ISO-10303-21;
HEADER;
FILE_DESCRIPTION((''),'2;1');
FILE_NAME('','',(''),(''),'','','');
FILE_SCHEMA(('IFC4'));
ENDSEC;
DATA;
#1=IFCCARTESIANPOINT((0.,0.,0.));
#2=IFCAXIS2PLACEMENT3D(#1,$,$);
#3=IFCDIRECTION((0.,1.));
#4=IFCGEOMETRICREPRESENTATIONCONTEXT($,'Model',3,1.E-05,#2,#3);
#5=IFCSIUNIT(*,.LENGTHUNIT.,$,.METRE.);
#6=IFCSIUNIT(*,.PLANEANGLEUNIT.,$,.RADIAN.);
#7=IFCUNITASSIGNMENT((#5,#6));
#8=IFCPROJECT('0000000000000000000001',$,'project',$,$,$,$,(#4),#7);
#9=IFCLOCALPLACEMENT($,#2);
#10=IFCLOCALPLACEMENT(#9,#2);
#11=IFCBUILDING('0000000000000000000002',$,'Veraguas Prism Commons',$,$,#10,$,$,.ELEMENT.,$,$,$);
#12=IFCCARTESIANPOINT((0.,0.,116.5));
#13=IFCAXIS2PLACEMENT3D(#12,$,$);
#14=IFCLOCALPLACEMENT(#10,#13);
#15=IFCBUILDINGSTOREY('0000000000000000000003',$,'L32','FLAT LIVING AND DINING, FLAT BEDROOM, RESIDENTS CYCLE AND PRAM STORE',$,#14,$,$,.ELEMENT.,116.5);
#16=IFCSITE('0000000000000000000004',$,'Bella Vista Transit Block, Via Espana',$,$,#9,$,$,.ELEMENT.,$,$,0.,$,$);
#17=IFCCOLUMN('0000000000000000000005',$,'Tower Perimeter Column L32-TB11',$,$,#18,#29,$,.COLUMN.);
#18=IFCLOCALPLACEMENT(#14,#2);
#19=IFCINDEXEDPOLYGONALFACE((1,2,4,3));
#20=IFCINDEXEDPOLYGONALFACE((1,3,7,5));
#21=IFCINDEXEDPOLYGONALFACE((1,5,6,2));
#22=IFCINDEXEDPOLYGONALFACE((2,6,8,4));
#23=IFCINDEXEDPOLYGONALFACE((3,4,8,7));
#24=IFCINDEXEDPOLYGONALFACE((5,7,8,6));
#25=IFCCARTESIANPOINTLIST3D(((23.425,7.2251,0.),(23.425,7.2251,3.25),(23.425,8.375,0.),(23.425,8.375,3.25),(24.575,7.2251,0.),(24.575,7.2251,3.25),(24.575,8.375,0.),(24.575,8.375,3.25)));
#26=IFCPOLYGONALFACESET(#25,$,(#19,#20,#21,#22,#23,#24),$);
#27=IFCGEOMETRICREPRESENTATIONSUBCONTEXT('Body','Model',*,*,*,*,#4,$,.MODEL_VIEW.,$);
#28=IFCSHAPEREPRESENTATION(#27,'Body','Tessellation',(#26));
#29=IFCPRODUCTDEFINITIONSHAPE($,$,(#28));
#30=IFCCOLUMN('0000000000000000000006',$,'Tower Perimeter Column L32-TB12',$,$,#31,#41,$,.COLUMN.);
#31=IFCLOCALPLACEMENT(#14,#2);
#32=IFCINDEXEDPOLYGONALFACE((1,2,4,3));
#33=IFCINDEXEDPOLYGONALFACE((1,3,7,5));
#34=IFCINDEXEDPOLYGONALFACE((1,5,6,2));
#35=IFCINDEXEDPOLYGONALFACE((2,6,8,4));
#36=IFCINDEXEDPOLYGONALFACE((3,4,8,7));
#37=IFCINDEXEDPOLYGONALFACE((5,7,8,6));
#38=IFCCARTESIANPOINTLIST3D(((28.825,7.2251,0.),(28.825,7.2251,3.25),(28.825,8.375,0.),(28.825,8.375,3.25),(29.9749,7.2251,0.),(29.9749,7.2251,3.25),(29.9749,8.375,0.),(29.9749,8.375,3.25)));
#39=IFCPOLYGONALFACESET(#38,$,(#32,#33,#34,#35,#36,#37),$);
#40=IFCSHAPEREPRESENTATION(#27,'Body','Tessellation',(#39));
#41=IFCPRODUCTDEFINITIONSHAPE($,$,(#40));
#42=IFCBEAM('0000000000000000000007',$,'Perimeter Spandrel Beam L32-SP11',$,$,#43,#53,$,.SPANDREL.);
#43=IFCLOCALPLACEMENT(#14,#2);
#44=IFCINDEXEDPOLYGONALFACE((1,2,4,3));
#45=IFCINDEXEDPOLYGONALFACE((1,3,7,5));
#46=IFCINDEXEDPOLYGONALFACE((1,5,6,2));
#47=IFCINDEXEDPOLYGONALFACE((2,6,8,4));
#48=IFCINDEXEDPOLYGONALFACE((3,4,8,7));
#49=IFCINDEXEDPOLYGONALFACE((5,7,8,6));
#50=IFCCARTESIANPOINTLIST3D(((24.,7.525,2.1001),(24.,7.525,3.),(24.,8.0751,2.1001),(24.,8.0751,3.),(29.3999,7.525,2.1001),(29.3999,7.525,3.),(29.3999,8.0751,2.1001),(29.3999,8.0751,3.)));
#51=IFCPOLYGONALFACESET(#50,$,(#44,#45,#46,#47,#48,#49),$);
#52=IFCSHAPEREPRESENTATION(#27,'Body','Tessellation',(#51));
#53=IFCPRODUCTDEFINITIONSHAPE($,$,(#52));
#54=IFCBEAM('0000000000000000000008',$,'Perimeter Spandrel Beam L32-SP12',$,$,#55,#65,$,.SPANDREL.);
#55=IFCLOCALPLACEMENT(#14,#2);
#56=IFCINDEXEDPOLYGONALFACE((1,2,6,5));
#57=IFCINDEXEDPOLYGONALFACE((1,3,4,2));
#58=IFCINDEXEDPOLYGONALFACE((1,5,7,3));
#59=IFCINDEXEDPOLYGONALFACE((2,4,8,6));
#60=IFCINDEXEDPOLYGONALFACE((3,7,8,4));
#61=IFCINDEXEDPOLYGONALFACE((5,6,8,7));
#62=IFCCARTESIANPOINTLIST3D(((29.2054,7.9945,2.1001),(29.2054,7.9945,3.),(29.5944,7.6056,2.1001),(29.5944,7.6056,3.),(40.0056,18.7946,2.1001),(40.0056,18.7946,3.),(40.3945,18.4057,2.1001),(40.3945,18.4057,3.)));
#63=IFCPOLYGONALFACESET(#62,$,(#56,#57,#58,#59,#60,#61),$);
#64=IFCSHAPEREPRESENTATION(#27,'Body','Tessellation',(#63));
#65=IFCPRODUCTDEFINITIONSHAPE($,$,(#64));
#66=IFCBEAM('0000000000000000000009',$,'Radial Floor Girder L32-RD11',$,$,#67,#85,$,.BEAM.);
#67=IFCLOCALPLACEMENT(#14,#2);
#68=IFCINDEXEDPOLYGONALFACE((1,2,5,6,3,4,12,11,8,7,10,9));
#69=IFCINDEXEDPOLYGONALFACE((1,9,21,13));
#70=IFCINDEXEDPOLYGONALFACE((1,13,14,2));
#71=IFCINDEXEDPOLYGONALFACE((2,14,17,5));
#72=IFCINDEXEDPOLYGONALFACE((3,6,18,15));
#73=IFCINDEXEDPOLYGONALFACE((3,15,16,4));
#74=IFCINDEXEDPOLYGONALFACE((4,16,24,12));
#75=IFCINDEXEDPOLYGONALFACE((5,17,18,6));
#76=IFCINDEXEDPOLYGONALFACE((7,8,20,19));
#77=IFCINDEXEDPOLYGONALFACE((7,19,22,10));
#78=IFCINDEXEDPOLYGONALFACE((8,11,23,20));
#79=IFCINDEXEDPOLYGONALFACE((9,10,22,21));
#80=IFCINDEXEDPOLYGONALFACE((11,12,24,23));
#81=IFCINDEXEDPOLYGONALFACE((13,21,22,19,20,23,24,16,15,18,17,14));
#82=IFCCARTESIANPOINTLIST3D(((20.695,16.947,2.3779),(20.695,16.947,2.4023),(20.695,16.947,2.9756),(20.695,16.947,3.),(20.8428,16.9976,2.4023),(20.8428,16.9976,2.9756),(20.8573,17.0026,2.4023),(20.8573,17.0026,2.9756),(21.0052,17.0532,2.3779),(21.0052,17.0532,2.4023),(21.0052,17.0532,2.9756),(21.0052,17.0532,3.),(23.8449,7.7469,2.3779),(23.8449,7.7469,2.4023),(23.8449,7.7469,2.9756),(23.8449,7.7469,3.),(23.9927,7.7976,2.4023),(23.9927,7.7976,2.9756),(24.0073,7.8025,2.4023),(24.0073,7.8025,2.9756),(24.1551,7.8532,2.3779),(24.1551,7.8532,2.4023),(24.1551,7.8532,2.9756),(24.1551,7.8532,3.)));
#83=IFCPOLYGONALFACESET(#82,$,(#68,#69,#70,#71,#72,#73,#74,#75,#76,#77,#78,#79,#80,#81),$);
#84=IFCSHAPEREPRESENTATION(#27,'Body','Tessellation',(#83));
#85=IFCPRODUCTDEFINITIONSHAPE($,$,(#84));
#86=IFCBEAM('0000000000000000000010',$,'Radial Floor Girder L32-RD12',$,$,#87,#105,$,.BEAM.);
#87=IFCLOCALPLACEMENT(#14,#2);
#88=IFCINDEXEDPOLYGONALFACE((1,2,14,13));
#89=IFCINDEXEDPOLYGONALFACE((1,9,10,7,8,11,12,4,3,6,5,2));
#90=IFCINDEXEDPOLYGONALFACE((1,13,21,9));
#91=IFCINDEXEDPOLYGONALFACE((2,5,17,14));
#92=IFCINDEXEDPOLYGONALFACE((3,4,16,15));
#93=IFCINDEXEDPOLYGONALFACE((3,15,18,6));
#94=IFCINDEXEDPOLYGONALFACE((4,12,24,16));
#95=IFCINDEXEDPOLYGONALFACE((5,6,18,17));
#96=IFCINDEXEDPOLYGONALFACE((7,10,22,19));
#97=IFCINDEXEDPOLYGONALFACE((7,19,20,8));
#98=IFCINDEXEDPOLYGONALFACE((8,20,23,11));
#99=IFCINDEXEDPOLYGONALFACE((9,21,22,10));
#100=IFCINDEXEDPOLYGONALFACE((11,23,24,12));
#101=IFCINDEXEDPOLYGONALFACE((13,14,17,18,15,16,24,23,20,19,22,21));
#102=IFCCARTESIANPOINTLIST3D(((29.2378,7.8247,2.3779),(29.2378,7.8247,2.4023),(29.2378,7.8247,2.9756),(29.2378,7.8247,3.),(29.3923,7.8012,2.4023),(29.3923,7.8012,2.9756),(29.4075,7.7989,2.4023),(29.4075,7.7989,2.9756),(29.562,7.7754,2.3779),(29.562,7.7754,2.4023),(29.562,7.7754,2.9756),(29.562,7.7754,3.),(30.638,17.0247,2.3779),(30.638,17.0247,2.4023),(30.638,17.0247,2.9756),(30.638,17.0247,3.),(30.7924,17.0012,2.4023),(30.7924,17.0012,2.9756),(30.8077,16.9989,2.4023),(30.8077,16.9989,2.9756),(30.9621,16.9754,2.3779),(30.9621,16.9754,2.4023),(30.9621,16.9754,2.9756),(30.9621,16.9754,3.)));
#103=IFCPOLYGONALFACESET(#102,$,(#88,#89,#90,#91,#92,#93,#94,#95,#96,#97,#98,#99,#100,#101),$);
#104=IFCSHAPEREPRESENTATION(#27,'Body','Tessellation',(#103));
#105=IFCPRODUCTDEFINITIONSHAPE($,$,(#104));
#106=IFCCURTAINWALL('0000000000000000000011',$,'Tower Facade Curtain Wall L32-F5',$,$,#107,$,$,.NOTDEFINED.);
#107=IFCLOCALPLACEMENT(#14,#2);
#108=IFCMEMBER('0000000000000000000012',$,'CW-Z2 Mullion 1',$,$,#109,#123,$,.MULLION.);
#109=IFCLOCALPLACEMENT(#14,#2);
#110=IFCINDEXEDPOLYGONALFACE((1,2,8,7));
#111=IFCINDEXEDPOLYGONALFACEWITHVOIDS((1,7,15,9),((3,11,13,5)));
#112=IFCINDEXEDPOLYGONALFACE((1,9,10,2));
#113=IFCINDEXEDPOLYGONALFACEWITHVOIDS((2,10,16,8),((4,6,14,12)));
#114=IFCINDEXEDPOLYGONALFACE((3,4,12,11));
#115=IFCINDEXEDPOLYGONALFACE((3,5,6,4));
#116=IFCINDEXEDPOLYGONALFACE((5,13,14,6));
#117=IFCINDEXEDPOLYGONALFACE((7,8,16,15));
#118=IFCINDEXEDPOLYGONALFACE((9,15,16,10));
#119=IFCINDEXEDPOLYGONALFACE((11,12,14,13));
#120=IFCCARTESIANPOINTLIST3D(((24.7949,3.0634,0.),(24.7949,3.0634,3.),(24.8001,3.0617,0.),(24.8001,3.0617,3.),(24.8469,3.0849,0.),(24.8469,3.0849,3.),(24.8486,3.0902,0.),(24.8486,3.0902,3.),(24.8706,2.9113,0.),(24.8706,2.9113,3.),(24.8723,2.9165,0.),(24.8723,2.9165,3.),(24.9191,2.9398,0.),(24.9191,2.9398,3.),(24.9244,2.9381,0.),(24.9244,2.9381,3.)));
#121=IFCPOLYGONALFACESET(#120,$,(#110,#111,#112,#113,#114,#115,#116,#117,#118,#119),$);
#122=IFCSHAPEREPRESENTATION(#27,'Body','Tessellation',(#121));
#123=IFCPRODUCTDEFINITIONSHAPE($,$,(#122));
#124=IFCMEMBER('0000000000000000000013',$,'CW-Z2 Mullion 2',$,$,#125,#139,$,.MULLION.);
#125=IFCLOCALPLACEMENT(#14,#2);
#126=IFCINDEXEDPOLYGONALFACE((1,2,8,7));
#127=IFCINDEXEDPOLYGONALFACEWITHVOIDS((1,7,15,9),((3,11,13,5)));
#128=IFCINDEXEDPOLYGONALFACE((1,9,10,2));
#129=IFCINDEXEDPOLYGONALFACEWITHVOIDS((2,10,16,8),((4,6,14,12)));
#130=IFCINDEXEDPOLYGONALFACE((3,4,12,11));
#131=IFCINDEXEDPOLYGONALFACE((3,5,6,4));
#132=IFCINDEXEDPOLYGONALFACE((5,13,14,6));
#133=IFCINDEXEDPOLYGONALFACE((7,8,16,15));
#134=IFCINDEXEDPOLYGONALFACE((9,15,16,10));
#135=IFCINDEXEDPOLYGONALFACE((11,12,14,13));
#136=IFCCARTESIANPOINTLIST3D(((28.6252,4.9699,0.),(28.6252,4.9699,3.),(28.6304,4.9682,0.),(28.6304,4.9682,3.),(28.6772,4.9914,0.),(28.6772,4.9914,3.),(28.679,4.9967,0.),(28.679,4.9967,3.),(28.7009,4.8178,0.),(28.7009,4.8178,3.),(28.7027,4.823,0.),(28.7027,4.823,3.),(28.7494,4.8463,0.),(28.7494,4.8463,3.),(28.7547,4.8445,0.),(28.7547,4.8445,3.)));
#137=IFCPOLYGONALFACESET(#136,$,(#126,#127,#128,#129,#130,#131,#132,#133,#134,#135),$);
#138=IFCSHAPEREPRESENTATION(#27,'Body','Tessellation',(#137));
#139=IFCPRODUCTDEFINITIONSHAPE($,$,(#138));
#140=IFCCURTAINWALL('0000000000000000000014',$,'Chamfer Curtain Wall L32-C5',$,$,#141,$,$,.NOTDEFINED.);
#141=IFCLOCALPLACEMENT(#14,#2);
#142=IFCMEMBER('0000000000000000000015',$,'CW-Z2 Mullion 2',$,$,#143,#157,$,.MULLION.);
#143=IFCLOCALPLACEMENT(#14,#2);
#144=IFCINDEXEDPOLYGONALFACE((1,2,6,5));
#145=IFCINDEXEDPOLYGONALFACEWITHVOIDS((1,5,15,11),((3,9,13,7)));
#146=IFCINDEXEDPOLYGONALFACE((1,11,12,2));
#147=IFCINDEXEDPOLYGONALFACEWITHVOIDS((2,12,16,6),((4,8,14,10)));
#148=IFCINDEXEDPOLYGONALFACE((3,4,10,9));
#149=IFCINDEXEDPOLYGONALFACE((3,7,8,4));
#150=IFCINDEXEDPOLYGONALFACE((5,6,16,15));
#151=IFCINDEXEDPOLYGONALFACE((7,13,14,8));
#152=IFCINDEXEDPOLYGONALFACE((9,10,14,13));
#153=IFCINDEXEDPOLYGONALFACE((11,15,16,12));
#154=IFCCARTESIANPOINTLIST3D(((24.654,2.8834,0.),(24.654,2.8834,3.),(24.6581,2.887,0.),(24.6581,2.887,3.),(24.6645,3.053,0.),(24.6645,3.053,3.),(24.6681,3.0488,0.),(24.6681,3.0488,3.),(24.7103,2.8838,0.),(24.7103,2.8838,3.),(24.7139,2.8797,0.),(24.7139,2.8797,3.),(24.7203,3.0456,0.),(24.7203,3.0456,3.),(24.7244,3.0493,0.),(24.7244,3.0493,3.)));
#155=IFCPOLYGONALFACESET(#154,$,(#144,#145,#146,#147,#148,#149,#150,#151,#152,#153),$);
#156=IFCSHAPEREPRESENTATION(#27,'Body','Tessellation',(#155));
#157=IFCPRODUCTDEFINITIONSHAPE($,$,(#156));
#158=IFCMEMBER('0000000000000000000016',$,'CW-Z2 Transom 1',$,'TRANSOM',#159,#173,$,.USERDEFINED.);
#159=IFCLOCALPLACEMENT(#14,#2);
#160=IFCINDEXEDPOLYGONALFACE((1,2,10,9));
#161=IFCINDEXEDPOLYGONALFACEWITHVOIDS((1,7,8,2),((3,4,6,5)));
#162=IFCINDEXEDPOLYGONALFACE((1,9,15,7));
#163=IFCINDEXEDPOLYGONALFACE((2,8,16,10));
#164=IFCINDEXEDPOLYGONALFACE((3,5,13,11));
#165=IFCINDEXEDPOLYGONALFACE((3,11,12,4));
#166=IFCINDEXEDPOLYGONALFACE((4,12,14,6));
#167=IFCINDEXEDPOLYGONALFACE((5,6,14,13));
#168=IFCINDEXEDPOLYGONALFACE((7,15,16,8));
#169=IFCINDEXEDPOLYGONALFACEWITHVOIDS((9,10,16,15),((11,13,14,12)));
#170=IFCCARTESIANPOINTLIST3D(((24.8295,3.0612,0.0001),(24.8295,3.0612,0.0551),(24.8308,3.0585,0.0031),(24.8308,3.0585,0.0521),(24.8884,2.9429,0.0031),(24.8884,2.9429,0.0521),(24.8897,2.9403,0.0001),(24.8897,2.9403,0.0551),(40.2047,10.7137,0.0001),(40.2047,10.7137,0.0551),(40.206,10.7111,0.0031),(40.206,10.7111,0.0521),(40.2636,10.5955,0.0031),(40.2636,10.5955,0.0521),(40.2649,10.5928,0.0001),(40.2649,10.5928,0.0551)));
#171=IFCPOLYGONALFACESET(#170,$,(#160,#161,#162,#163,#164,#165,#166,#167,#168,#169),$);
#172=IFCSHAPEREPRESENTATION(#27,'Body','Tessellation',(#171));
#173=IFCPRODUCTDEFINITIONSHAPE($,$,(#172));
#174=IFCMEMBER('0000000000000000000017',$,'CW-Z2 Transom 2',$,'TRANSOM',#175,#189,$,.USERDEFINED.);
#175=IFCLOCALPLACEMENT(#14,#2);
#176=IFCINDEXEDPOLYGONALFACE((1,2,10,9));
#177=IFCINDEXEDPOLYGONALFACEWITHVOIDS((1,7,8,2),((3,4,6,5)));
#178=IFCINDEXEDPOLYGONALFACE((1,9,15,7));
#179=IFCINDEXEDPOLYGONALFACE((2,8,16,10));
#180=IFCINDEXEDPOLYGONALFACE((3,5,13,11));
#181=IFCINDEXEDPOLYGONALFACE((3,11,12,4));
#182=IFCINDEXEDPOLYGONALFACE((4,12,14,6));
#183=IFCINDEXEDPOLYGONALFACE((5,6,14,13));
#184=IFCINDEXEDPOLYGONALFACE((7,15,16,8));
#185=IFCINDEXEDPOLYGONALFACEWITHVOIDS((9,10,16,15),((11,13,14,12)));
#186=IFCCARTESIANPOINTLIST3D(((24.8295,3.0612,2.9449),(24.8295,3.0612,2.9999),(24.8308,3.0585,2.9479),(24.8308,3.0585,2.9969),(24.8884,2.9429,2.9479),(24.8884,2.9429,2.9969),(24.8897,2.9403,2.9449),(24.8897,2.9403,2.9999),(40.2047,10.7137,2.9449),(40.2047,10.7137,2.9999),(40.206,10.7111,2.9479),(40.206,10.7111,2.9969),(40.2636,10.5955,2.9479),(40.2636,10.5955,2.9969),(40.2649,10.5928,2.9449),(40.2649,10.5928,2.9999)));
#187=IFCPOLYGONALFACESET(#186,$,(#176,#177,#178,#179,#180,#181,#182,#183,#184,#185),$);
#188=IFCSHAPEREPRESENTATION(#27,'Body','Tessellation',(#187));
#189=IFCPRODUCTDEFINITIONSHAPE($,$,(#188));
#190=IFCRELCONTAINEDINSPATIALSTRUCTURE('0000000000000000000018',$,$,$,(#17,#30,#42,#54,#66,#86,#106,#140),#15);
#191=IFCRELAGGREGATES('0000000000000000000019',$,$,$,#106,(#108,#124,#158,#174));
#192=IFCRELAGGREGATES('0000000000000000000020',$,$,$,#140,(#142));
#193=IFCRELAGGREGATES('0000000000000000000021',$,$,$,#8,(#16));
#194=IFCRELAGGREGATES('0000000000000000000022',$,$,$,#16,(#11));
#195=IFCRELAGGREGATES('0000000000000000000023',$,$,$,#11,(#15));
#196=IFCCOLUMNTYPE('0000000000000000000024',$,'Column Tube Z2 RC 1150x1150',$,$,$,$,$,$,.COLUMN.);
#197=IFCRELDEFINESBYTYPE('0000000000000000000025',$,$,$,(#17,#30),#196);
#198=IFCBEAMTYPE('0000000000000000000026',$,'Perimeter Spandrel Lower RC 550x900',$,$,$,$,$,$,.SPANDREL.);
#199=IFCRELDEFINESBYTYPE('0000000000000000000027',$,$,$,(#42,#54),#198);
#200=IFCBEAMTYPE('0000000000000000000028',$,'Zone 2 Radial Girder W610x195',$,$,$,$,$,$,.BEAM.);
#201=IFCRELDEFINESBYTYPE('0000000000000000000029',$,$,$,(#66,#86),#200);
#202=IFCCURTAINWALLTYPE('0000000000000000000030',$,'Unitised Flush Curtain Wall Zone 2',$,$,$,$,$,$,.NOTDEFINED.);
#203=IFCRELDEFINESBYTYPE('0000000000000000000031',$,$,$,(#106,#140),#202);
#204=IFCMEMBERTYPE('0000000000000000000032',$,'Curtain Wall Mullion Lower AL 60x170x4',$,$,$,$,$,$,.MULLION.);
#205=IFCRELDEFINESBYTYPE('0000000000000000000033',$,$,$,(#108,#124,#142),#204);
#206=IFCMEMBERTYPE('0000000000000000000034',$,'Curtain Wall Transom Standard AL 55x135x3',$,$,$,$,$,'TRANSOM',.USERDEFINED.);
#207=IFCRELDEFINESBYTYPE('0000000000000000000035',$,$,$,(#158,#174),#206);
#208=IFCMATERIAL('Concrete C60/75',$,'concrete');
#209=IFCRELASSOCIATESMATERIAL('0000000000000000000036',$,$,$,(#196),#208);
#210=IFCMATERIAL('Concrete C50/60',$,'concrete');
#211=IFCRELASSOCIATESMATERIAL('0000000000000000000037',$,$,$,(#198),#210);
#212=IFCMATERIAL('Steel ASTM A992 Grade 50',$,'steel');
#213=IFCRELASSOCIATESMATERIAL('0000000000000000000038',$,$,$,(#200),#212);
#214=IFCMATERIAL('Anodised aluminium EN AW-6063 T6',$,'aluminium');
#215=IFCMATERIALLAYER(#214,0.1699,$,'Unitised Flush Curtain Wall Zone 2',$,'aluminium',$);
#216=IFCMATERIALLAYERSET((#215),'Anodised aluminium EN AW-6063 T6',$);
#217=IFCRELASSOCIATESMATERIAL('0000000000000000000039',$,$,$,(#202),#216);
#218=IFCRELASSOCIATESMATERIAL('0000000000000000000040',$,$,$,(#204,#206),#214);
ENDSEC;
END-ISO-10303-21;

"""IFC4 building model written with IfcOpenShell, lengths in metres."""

from ifc_helpers import new_model, si_unit, direction, frame, origin, origin_2d, place, context, subcontext, project, spatial, rectangle, hollow_rectangle, i_section, extrude, source, transform, mapped, material, layer, layer_set, material_profile, profile_set, type_object, element, aggregate, save


model = new_model("IFC4")

# Units and contexts
model_context = context("Model", 3, precision=1e-05, world=origin(), true_north=direction((0.0, 1.0)))
body_context = subcontext(model_context, "Body", "Model", "MODEL_VIEW")
ifc_project = project(units=[si_unit("LENGTHUNIT", "METRE"), si_unit("PLANEANGLEUNIT", "RADIAN")], contexts=[model_context])

# Site, building, storey
site_placement = place(None, origin())
site = spatial("IfcSite", under=ifc_project, at=site_placement, Name="Bella Vista Transit Block, Via Espana", CompositionType="ELEMENT", RefElevation=0.0)
building_placement = place(site_placement, origin())
building = spatial("IfcBuilding", under=site, at=building_placement, Name="Veraguas Prism Commons", CompositionType="ELEMENT")
storey_placement = place(building_placement, frame((0.0, 0.0, 116.5)))
storey = spatial("IfcBuildingStorey", under=building, at=storey_placement, Name="L32", Description="FLAT LIVING AND DINING, FLAT BEDROOM, RESIDENTS CYCLE AND PRAM STORE", CompositionType="ELEMENT", Elevation=116.5)

# Columns
ifc_material_1 = material(Name="Concrete C60/75", Category="concrete")
ifc_material_profile_1 = material_profile(ifc_material_1, rectangle(XDim=1.1499, YDim=1.1499, at=origin_2d()), Name="RC1150X1150")
ifc_profile_set_1 = profile_set([ifc_material_profile_1], Name="Concrete C60/75")
column_type = type_object("IfcColumnType", Name="Column Tube Z2 RC 1150x1150", PredefinedType="COLUMN", material=ifc_profile_set_1)
for number, where, z_axis, x_axis, name in (
    (1, (24.0, 7.8, 0.0), (0.0, 0.0, 1.0), (1.0, 0.0, 0.0), "Tower Perimeter Column L32-TB11"),
    (2, (29.3999, 7.8, 0.0), (0.0, 0.0, 1.0), (1.0, 0.0, 0.0), "Tower Perimeter Column L32-TB12"),
):
    element("IfcColumn", number, at=place(storey_placement, frame(where, z_axis=z_axis, x_axis=x_axis)), inside=storey, type_object=column_type, Name=name, PredefinedType="COLUMN", context=body_context, shape_type="SweptSolid", body=[
        extrude(rectangle(XDim=1.1499, YDim=1.1499, at=origin_2d()), origin(), (0.0, 0.0, 1.0), 3.25),
    ])

# Beams
ifc_material_2 = material(Name="Concrete C50/60", Category="concrete")
ifc_material_profile_2 = material_profile(ifc_material_2, rectangle(XDim=0.55, YDim=0.8999, at=origin_2d()), Name="RC550X900")
ifc_profile_set_2 = profile_set([ifc_material_profile_2], Name="Concrete C50/60")
beam_type_1 = type_object("IfcBeamType", Name="Perimeter Spandrel Lower RC 550x900", PredefinedType="SPANDREL", material=ifc_profile_set_2)
beam_1_placement = place(storey_placement, frame((24.0, 7.8, 2.55), z_axis=(1.0, 0.0, 0.0), x_axis=(0.0, 1.0, 0.0)))
element("IfcBeam", 3, at=beam_1_placement, inside=storey, type_object=beam_type_1, Name="Perimeter Spandrel Beam L32-SP11", PredefinedType="SPANDREL", context=body_context, shape_type="SweptSolid", body=[
    extrude(rectangle(XDim=0.55, YDim=0.8999, at=origin_2d()), origin(), (0.0, 0.0, 1.0), 5.3999),
])
beam_2_placement = place(storey_placement, frame((29.3999, 7.8, 2.55), z_axis=(0.707107, 0.707107, 0.0), x_axis=(-0.707107, 0.707107, 0.0)))
element("IfcBeam", 4, at=beam_2_placement, inside=storey, type_object=beam_type_1, Name="Perimeter Spandrel Beam L32-SP12", PredefinedType="SPANDREL", context=body_context, shape_type="SweptSolid", body=[
    extrude(rectangle(XDim=0.55, YDim=0.8999, at=origin_2d()), origin(), (0.0, 0.0, 1.0), 15.2737),
])
ifc_material_3 = material(Name="Steel ASTM A992 Grade 50", Category="steel")
ifc_material_profile_3 = material_profile(ifc_material_3, i_section(OverallWidth=0.3279, OverallDepth=0.6221, WebThickness=0.0154, FlangeThickness=0.0244, at=origin_2d()), Name="W610X195")
ifc_profile_set_3 = profile_set([ifc_material_profile_3], Name="Steel ASTM A992 Grade 50")
beam_type_2 = type_object("IfcBeamType", Name="Zone 2 Radial Girder W610x195", PredefinedType="BEAM", material=ifc_profile_set_3)
beam_3_placement = place(storey_placement, frame((24.0, 7.8, 2.689), z_axis=(-0.323922, 0.946084, 0.0), x_axis=(-0.946084, -0.323922, 0.0)))
element("IfcBeam", 5, at=beam_3_placement, inside=storey, type_object=beam_type_2, Name="Radial Floor Girder L32-RD11", PredefinedType="BEAM", context=body_context, shape_type="SweptSolid", body=[
    extrude(i_section(OverallWidth=0.3279, OverallDepth=0.6221, WebThickness=0.0154, FlangeThickness=0.0244, at=origin_2d()), origin(), (0.0, 0.0, 1.0), 9.7244),
])
beam_4_placement = place(storey_placement, frame((29.3999, 7.8, 2.689), z_axis=(0.150458, 0.988616, 0.0), x_axis=(-0.988616, 0.150458, 0.0)))
element("IfcBeam", 6, at=beam_4_placement, inside=storey, type_object=beam_type_2, Name="Radial Floor Girder L32-RD12", PredefinedType="BEAM", context=body_context, shape_type="SweptSolid", body=[
    extrude(i_section(OverallWidth=0.3279, OverallDepth=0.6221, WebThickness=0.0154, FlangeThickness=0.0244, at=origin_2d()), origin(), (0.0, 0.0, 1.0), 9.3059),
])

# Curtain wall, members
ifc_material_4 = material(Name="Anodised aluminium EN AW-6063 T6", Category="aluminium")
ifc_layer_1 = layer(ifc_material_4, 0.1699, Name="Unitised Flush Curtain Wall Zone 2", Category="aluminium")
ifc_layer_set_1 = layer_set([ifc_layer_1], Name="Anodised aluminium EN AW-6063 T6")
curtain_wall_type = type_object("IfcCurtainWallType", Name="Unitised Flush Curtain Wall Zone 2", PredefinedType="NOTDEFINED", material=ifc_layer_set_1)
curtain_wall_1_placement = place(storey_placement, origin())
curtain_wall_1 = element("IfcCurtainWall", 7, at=curtain_wall_1_placement, inside=storey, type_object=curtain_wall_type, Name="Tower Facade Curtain Wall L32-F5", PredefinedType="NOTDEFINED")
ifc_material_profile_4 = material_profile(ifc_material_4, hollow_rectangle(XDim=0.0601, YDim=0.1699, WallThickness=0.0039, at=origin_2d()), Name="AL60X170X4")
ifc_profile_set_4 = profile_set([ifc_material_profile_4], Name="Anodised aluminium EN AW-6063 T6")
member_type_1 = type_object("IfcMemberType", Name="Curtain Wall Mullion Lower AL 60x170x4", PredefinedType="MULLION", material=ifc_profile_set_4)
shared_shape_1 = source(origin(), body_context, "Body", "SweptSolid", [
    extrude(hollow_rectangle(XDim=0.0601, YDim=0.1699, WallThickness=0.0039, at=origin_2d()), origin(), (0.0, 0.0, 1.0), 3.0),
])
member_1_placement = place(storey_placement, frame((24.8596, 3.0007, 0.0), z_axis=(0.0, 0.0, 1.0), x_axis=(0.895245, 0.445574, 0.0)))
member_1 = element("IfcMember", 8, at=member_1_placement, type_object=member_type_1, Name="CW-Z2 Mullion 1", PredefinedType="MULLION", context=body_context, shape_type="MappedRepresentation", body=[
    mapped(shared_shape_1, transform((0.0, 0.0, 0.0), scale=1.0)),
])
member_2_placement = place(storey_placement, frame((28.6899, 4.9072, 0.0), z_axis=(0.0, 0.0, 1.0), x_axis=(0.895245, 0.445574, 0.0)))
member_2 = element("IfcMember", 9, at=member_2_placement, type_object=member_type_1, Name="CW-Z2 Mullion 2", PredefinedType="MULLION", context=body_context, shape_type="MappedRepresentation", body=[
    mapped(shared_shape_1, transform((0.0, 0.0, 0.0), scale=1.0)),
])

# Curtain wall, member
curtain_wall_2_placement = place(storey_placement, origin())
curtain_wall_2 = element("IfcCurtainWall", 10, at=curtain_wall_2_placement, inside=storey, type_object=curtain_wall_type, Name="Chamfer Curtain Wall L32-C5", PredefinedType="NOTDEFINED")
member_3_placement = place(storey_placement, frame((24.6892, 2.9663, 0.0), z_axis=(0.0, 0.0, 1.0), x_axis=(0.998092, -0.061738, 0.0)))
member_3 = element("IfcMember", 11, at=member_3_placement, type_object=member_type_1, Name="CW-Z2 Mullion 2", PredefinedType="MULLION", context=body_context, shape_type="MappedRepresentation", body=[
    mapped(shared_shape_1, transform((0.0, 0.0, 0.0), scale=1.0)),
])

# Members
ifc_material_profile_5 = material_profile(ifc_material_4, hollow_rectangle(XDim=0.0549, YDim=0.135, WallThickness=0.0029, at=origin_2d()), Name="AL55X135X3")
ifc_profile_set_5 = profile_set([ifc_material_profile_5], Name="Anodised aluminium EN AW-6063 T6")
member_type_2 = type_object("IfcMemberType", Name="Curtain Wall Transom Standard AL 55x135x3", ElementType="TRANSOM", PredefinedType="USERDEFINED", material=ifc_profile_set_5)
shared_shape_2 = source(origin(), body_context, "Body", "SweptSolid", [
    extrude(hollow_rectangle(XDim=0.0549, YDim=0.135, WallThickness=0.0029, at=origin_2d()), origin(), (0.0, 0.0, 1.0), 17.1743),
])
member_4_placement = place(storey_placement, frame((24.8596, 3.0007, 0.0276), z_axis=(0.895242, 0.445581, 0.0), x_axis=(0.0, 0.0, 1.0)))
member_4 = element("IfcMember", 12, at=member_4_placement, type_object=member_type_2, Name="CW-Z2 Transom 1", ObjectType="TRANSOM", PredefinedType="USERDEFINED", context=body_context, shape_type="MappedRepresentation", body=[
    mapped(shared_shape_2, transform((0.0, 0.0, 0.0), scale=1.0)),
])
member_5_placement = place(storey_placement, frame((24.8596, 3.0007, 2.9724), z_axis=(0.895242, 0.445581, 0.0), x_axis=(0.0, 0.0, 1.0)))
member_5 = element("IfcMember", 13, at=member_5_placement, type_object=member_type_2, Name="CW-Z2 Transom 2", ObjectType="TRANSOM", PredefinedType="USERDEFINED", context=body_context, shape_type="MappedRepresentation", body=[
    mapped(shared_shape_2, transform((0.0, 0.0, 0.0), scale=1.0)),
])

aggregate(curtain_wall_1, [member_1, member_2, member_4, member_5])
aggregate(curtain_wall_2, [member_3])

save(model, "model.ifc")
